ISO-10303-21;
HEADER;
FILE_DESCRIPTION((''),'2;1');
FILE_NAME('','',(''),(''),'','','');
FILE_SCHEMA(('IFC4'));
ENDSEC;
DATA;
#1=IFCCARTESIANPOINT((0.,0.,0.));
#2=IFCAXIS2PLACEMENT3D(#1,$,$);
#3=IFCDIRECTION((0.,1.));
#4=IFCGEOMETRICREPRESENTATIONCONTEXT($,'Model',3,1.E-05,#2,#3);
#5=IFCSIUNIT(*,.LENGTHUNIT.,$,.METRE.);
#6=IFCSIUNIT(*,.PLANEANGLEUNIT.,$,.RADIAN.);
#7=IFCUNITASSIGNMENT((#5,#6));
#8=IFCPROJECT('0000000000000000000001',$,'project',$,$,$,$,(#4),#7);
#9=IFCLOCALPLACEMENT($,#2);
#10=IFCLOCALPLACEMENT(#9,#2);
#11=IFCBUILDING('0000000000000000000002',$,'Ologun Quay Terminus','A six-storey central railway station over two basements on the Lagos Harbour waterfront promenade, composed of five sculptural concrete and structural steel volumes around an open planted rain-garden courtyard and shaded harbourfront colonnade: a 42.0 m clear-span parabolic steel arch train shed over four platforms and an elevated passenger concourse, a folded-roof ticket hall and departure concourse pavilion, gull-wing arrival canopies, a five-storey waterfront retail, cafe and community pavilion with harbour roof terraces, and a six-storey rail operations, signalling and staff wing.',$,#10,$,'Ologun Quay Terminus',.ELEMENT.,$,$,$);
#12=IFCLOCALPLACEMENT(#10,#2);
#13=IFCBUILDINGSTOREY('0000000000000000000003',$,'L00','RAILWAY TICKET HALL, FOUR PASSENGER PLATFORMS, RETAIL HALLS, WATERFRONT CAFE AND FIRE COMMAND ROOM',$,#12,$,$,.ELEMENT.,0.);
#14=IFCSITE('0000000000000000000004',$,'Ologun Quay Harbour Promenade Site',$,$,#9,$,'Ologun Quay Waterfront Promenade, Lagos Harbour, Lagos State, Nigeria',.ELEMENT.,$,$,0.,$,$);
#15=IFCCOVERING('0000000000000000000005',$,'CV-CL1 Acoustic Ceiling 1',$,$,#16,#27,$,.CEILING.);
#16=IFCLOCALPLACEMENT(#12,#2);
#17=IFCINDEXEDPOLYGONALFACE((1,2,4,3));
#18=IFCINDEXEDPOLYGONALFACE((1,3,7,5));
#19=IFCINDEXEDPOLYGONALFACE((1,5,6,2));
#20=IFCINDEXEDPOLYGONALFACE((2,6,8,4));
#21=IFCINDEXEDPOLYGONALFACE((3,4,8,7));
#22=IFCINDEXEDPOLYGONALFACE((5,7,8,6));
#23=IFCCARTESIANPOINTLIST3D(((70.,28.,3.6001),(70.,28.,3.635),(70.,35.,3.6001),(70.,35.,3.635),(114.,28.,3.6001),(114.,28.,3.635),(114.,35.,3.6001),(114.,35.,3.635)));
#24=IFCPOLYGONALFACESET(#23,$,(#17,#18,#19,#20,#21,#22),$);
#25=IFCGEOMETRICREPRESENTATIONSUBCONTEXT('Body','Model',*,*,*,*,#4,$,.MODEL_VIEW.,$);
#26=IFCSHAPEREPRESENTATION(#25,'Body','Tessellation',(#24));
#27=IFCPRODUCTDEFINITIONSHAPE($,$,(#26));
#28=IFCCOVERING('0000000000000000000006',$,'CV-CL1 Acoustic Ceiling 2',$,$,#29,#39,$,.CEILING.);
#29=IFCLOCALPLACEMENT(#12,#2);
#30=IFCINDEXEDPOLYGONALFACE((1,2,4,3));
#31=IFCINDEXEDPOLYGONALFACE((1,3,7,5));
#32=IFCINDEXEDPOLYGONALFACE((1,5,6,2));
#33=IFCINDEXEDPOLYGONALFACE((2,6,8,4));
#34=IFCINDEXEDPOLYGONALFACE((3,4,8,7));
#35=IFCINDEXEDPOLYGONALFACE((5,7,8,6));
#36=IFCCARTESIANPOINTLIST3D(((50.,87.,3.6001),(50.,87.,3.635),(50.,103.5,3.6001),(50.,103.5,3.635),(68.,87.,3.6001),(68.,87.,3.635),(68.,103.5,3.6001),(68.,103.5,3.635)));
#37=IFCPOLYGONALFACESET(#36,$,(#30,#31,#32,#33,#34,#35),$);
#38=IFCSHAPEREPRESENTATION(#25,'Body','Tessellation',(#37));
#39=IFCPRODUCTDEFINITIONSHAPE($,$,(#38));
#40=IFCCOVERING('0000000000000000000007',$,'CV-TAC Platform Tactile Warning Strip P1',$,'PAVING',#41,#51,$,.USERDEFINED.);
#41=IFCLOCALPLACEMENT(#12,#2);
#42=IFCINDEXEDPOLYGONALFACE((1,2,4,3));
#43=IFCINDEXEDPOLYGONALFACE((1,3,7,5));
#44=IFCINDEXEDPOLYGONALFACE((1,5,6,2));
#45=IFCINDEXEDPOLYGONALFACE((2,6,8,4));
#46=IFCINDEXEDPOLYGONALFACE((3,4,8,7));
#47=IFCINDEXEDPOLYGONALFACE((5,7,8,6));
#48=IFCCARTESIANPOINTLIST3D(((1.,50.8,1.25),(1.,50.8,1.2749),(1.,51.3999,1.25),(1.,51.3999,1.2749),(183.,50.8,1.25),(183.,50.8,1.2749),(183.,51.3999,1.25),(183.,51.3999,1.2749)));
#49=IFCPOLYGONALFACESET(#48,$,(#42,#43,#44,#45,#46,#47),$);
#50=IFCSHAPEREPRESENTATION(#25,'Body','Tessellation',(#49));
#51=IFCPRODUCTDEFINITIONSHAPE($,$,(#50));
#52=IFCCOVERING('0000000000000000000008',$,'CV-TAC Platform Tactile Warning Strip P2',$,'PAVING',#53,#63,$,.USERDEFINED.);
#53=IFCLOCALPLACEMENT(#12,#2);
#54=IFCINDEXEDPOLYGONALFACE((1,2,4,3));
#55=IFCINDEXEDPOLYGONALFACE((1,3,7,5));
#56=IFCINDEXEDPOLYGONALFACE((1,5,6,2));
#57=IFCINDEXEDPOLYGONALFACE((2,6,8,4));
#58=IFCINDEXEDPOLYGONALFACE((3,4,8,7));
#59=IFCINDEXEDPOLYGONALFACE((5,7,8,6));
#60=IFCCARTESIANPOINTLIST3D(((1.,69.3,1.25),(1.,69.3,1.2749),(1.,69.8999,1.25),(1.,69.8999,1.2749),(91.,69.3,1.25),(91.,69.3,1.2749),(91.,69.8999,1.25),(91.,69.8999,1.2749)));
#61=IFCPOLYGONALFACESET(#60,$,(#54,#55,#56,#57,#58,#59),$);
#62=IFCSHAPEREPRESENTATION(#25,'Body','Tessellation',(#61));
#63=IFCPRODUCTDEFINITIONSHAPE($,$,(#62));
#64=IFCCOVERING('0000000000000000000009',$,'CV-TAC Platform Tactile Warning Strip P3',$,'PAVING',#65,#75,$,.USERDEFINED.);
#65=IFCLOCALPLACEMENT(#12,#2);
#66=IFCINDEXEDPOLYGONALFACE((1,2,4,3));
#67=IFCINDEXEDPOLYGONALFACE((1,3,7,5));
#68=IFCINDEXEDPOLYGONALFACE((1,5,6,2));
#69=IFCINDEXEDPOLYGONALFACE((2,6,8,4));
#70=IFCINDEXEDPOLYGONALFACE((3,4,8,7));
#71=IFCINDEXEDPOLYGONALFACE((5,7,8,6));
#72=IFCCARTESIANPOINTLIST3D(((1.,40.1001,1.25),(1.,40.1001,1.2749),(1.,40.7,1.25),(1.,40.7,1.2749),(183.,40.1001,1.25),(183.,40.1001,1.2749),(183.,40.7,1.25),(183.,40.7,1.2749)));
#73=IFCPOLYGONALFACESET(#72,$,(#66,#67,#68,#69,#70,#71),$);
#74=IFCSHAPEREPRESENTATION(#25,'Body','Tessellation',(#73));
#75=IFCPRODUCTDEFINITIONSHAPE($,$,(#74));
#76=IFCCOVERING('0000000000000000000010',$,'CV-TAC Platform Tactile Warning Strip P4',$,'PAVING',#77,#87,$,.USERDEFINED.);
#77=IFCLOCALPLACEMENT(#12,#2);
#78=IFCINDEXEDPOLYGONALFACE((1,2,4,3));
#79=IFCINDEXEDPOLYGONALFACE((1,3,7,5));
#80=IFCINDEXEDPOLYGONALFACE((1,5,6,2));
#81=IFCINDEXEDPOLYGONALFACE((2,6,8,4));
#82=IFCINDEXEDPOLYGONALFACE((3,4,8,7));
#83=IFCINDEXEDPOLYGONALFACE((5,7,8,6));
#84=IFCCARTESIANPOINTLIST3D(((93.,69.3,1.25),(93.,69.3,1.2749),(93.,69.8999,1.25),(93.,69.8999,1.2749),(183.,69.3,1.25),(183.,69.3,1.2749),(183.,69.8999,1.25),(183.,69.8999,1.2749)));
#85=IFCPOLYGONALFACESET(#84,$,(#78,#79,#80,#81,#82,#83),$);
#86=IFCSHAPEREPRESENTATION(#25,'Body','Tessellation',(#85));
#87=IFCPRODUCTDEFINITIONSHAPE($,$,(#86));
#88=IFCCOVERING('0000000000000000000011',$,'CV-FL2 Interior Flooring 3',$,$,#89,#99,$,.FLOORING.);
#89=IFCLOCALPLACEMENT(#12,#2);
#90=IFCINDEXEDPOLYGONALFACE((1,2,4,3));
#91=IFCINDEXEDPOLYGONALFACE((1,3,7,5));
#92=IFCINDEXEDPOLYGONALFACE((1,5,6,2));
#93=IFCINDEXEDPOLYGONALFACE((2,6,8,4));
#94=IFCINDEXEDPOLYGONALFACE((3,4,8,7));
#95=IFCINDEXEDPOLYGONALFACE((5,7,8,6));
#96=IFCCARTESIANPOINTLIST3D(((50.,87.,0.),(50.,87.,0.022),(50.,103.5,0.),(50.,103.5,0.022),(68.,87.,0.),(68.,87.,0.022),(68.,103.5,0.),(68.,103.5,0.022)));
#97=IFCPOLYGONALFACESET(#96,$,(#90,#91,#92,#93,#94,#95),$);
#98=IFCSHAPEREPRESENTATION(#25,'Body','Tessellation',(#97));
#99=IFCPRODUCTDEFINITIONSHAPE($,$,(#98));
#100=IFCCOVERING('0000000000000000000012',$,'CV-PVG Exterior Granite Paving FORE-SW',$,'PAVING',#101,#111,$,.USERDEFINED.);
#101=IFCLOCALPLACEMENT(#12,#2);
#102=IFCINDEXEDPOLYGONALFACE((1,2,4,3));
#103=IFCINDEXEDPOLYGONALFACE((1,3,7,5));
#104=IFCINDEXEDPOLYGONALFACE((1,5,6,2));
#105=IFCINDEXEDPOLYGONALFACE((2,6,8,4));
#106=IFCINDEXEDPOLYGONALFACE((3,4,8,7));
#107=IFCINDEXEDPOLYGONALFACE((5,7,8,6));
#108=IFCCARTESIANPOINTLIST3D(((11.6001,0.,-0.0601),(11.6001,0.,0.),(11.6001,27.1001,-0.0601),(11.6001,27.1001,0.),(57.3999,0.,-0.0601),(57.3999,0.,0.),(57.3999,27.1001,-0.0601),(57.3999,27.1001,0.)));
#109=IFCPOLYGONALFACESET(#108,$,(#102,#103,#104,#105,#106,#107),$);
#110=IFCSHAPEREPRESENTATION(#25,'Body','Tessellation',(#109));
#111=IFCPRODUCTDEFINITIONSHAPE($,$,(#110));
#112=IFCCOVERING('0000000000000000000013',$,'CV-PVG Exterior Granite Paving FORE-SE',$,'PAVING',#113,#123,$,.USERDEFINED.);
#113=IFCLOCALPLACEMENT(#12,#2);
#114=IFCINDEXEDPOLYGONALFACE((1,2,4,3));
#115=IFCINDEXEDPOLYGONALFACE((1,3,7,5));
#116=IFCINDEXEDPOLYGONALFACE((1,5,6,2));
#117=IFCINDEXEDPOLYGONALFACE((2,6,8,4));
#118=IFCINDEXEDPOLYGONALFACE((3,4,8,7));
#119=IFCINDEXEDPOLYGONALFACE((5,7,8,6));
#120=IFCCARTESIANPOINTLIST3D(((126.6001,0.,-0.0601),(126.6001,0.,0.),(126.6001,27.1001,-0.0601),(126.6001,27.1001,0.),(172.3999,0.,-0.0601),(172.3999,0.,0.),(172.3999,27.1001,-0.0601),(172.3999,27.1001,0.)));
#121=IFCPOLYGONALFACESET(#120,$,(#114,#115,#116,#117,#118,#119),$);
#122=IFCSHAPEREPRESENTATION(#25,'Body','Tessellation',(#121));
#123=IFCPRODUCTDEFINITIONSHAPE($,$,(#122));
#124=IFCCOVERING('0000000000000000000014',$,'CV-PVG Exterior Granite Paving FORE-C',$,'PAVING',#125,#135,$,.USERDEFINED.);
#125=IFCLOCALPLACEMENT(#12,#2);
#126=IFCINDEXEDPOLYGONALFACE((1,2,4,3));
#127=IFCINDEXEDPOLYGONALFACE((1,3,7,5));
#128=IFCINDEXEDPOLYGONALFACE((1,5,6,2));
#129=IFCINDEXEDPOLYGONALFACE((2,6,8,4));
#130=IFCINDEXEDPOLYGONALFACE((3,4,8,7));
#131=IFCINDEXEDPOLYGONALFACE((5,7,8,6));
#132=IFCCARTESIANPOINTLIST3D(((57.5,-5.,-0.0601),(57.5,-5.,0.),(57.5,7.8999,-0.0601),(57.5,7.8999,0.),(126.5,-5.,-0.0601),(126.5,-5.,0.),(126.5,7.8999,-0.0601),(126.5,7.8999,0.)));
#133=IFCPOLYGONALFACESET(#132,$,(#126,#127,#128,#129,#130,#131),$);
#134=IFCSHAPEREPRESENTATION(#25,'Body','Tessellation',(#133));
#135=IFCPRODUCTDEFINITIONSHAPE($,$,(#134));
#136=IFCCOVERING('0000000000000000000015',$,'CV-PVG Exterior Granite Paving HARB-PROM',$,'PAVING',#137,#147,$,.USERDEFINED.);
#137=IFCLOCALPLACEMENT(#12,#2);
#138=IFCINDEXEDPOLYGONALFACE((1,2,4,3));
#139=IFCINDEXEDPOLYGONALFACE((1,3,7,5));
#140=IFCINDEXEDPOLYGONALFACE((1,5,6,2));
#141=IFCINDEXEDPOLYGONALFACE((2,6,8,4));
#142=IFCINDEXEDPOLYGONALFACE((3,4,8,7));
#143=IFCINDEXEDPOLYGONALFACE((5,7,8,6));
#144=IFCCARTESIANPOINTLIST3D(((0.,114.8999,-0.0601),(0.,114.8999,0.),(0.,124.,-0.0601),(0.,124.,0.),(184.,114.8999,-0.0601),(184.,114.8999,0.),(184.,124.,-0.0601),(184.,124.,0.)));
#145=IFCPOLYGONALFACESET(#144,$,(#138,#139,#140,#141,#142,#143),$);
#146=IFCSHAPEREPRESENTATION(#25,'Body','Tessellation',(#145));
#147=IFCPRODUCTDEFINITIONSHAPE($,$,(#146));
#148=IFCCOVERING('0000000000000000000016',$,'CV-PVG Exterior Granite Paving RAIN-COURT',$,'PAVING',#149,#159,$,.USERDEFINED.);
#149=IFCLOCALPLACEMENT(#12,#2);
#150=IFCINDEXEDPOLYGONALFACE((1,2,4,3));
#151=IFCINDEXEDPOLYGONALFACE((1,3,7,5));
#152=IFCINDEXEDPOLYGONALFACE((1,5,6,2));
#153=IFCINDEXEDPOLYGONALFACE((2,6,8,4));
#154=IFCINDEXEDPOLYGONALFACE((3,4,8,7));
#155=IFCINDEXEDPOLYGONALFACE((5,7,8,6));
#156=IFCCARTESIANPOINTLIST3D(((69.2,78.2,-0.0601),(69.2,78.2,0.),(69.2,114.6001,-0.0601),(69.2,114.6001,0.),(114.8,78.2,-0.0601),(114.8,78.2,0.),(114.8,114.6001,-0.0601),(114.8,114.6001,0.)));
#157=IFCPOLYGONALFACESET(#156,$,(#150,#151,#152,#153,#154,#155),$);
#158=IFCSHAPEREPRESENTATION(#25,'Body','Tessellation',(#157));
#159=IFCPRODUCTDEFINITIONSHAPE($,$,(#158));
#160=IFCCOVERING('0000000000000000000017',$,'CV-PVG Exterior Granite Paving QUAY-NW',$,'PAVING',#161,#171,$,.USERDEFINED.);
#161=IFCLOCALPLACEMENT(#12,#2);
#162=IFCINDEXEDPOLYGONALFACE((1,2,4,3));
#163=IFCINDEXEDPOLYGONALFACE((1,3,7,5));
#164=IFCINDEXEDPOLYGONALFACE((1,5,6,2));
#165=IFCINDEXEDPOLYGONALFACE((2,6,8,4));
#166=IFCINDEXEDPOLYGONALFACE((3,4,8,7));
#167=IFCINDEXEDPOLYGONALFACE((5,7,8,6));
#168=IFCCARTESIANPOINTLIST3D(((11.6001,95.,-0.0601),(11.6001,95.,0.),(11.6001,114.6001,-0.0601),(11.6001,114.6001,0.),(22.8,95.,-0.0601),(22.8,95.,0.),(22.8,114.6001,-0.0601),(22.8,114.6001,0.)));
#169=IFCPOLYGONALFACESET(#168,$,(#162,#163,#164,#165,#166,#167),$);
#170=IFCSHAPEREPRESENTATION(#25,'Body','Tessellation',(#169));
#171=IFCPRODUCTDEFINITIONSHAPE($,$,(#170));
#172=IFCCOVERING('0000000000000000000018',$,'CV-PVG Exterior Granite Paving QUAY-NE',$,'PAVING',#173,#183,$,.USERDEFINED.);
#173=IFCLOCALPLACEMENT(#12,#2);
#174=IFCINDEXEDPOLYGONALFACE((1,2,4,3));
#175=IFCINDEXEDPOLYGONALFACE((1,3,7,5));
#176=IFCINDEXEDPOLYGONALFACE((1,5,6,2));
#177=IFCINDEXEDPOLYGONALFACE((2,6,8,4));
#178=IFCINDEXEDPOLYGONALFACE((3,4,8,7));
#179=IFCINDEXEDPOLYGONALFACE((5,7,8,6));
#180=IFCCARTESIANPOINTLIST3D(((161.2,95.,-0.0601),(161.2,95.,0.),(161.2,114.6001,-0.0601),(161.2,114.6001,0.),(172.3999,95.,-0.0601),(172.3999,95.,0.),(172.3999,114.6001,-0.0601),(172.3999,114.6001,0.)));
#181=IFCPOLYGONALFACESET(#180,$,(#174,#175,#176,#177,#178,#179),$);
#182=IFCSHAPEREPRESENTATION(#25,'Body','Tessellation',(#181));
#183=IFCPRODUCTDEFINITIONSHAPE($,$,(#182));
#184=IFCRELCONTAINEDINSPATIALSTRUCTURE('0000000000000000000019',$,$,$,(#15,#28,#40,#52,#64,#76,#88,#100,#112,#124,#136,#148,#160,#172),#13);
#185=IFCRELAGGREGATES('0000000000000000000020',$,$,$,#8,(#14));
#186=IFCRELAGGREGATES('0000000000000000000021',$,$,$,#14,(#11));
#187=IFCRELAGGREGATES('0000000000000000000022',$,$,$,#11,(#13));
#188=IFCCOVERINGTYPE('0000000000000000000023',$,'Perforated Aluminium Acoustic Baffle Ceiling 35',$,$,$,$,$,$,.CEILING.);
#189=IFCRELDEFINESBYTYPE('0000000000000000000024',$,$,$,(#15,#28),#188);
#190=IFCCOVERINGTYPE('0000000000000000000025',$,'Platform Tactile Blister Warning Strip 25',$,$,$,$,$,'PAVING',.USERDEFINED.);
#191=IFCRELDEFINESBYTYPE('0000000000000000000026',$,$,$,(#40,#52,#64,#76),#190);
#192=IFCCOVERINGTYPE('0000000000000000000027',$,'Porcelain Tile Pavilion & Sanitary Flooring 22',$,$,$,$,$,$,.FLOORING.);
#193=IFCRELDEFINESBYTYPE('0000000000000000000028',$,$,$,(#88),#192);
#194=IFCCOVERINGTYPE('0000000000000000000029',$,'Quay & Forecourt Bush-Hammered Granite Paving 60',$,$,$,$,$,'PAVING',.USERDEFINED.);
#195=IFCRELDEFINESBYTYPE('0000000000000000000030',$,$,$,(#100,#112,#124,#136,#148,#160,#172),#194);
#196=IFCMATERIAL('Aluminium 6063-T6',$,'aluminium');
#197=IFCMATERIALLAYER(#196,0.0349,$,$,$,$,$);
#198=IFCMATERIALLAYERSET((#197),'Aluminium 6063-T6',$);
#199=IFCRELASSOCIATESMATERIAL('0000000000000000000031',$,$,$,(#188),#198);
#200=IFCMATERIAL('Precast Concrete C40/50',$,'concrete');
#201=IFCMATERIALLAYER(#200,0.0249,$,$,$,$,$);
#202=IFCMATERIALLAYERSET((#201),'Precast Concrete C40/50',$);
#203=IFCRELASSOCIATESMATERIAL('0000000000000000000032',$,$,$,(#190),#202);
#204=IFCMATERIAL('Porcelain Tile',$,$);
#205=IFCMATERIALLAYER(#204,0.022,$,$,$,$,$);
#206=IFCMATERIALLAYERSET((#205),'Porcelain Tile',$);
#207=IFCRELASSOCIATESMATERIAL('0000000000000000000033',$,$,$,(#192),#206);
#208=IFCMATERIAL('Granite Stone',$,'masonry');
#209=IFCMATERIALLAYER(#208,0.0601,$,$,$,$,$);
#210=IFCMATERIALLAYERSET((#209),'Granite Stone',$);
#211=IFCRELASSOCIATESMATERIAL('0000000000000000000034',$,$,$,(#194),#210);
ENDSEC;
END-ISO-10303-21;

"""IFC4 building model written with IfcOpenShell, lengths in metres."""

from ifc_helpers import new_model, si_unit, direction, frame, origin, place, context, subcontext, project, spatial, polyline, outline, extrude, material, layer, layer_set, type_object, element, save


model = new_model("IFC4")

# Units and contexts
model_context = context("Model", 3, precision=1e-05, world=origin(), true_north=direction((0.0, 1.0)))
body_context = subcontext(model_context, "Body", "Model", "MODEL_VIEW")
ifc_project = project(units=[si_unit("LENGTHUNIT", "METRE"), si_unit("PLANEANGLEUNIT", "RADIAN")], contexts=[model_context])

# Site, building, storey
site_placement = place(None, origin())
site = spatial("IfcSite", under=ifc_project, at=site_placement, Name="Ologun Quay Harbour Promenade Site", LongName="Ologun Quay Waterfront Promenade, Lagos Harbour, Lagos State, Nigeria", CompositionType="ELEMENT", RefElevation=0.0)
building_placement = place(site_placement, origin())
building = spatial("IfcBuilding", under=site, at=building_placement, Name="Ologun Quay Terminus", Description="A six-storey central railway station over two basements on the Lagos Harbour waterfront promenade, composed of five sculptural concrete and structural steel volumes around an open planted rain-garden courtyard and shaded harbourfront colonnade: a 42.0 m clear-span parabolic steel arch train shed over four platforms and an elevated passenger concourse, a folded-roof ticket hall and departure concourse pavilion, gull-wing arrival canopies, a five-storey waterfront retail, cafe and community pavilion with harbour roof terraces, and a six-storey rail operations, signalling and staff wing.", LongName="Ologun Quay Terminus", CompositionType="ELEMENT")
storey_placement = place(building_placement, origin())
storey = spatial("IfcBuildingStorey", under=building, at=storey_placement, Name="L00", Description="RAILWAY TICKET HALL, FOUR PASSENGER PLATFORMS, RETAIL HALLS, WATERFRONT CAFE AND FIRE COMMAND ROOM", CompositionType="ELEMENT", Elevation=0.0)

# Coverings
ifc_material_1 = material(Name="Aluminium 6063-T6", Category="aluminium")
ifc_layer_1 = layer(ifc_material_1, 0.0349)
ifc_layer_set_1 = layer_set([ifc_layer_1], Name="Aluminium 6063-T6")
covering_type_1 = type_object("IfcCoveringType", Name="Perforated Aluminium Acoustic Baffle Ceiling 35", PredefinedType="CEILING", material=ifc_layer_set_1)
covering_1_placement = place(storey_placement, frame((0.0, 0.0, 3.6001)))
element("IfcCovering", 1, at=covering_1_placement, inside=storey, type_object=covering_type_1, Name="CV-CL1 Acoustic Ceiling 1", PredefinedType="CEILING", context=body_context, shape_type="SweptSolid", body=[
    extrude(outline(polyline([(70.0, 28.0), (114.0, 28.0), (114.0, 35.0), (70.0, 35.0), (70.0, 28.0)])), origin(), (0.0, 0.0, 1.0), 0.0349),
])
covering_2_placement = place(storey_placement, frame((0.0, 0.0, 3.6001)))
element("IfcCovering", 2, at=covering_2_placement, inside=storey, type_object=covering_type_1, Name="CV-CL1 Acoustic Ceiling 2", PredefinedType="CEILING", context=body_context, shape_type="SweptSolid", body=[
    extrude(outline(polyline([(50.0, 87.0), (68.0, 87.0), (68.0, 103.5), (50.0, 103.5), (50.0, 87.0)])), origin(), (0.0, 0.0, 1.0), 0.0349),
])
ifc_material_2 = material(Name="Precast Concrete C40/50", Category="concrete")
ifc_layer_2 = layer(ifc_material_2, 0.0249)
ifc_layer_set_2 = layer_set([ifc_layer_2], Name="Precast Concrete C40/50")
covering_type_2 = type_object("IfcCoveringType", Name="Platform Tactile Blister Warning Strip 25", ElementType="PAVING", PredefinedType="USERDEFINED", material=ifc_layer_set_2)
covering_3_placement = place(storey_placement, frame((0.0, 0.0, 1.25)))
element("IfcCovering", 3, at=covering_3_placement, inside=storey, type_object=covering_type_2, Name="CV-TAC Platform Tactile Warning Strip P1", ObjectType="PAVING", PredefinedType="USERDEFINED", context=body_context, shape_type="SweptSolid", body=[
    extrude(outline(polyline([(1.0, 50.8), (183.0, 50.8), (183.0, 51.3999), (1.0, 51.3999), (1.0, 50.8)])), origin(), (0.0, 0.0, 1.0), 0.0249),
])
covering_4_placement = place(storey_placement, frame((0.0, 0.0, 1.25)))
element("IfcCovering", 4, at=covering_4_placement, inside=storey, type_object=covering_type_2, Name="CV-TAC Platform Tactile Warning Strip P2", ObjectType="PAVING", PredefinedType="USERDEFINED", context=body_context, shape_type="SweptSolid", body=[
    extrude(outline(polyline([(1.0, 69.3), (91.0, 69.3), (91.0, 69.8999), (1.0, 69.8999), (1.0, 69.3)])), origin(), (0.0, 0.0, 1.0), 0.0249),
])
covering_5_placement = place(storey_placement, frame((0.0, 0.0, 1.25)))
element("IfcCovering", 5, at=covering_5_placement, inside=storey, type_object=covering_type_2, Name="CV-TAC Platform Tactile Warning Strip P3", ObjectType="PAVING", PredefinedType="USERDEFINED", context=body_context, shape_type="SweptSolid", body=[
    extrude(outline(polyline([(1.0, 40.1001), (183.0, 40.1001), (183.0, 40.7), (1.0, 40.7), (1.0, 40.1001)])), origin(), (0.0, 0.0, 1.0), 0.0249),
])
covering_6_placement = place(storey_placement, frame((0.0, 0.0, 1.25)))
element("IfcCovering", 6, at=covering_6_placement, inside=storey, type_object=covering_type_2, Name="CV-TAC Platform Tactile Warning Strip P4", ObjectType="PAVING", PredefinedType="USERDEFINED", context=body_context, shape_type="SweptSolid", body=[
    extrude(outline(polyline([(93.0, 69.3), (183.0, 69.3), (183.0, 69.8999), (93.0, 69.8999), (93.0, 69.3)])), origin(), (0.0, 0.0, 1.0), 0.0249),
])
ifc_material_3 = material(Name="Porcelain Tile")
ifc_layer_3 = layer(ifc_material_3, 0.022)
ifc_layer_set_3 = layer_set([ifc_layer_3], Name="Porcelain Tile")
covering_type_3 = type_object("IfcCoveringType", Name="Porcelain Tile Pavilion & Sanitary Flooring 22", PredefinedType="FLOORING", material=ifc_layer_set_3)
covering_7_placement = place(storey_placement, origin())
element("IfcCovering", 7, at=covering_7_placement, inside=storey, type_object=covering_type_3, Name="CV-FL2 Interior Flooring 3", PredefinedType="FLOORING", context=body_context, shape_type="SweptSolid", body=[
    extrude(outline(polyline([(50.0, 87.0), (68.0, 87.0), (68.0, 103.5), (50.0, 103.5), (50.0, 87.0)])), origin(), (0.0, 0.0, 1.0), 0.022),
])
ifc_material_4 = material(Name="Granite Stone", Category="masonry")
ifc_layer_4 = layer(ifc_material_4, 0.0601)
ifc_layer_set_4 = layer_set([ifc_layer_4], Name="Granite Stone")
covering_type_4 = type_object("IfcCoveringType", Name="Quay & Forecourt Bush-Hammered Granite Paving 60", ElementType="PAVING", PredefinedType="USERDEFINED", material=ifc_layer_set_4)
covering_8_placement = place(storey_placement, frame((0.0, 0.0, -0.0601)))
element("IfcCovering", 8, at=covering_8_placement, inside=storey, type_object=covering_type_4, Name="CV-PVG Exterior Granite Paving FORE-SW", ObjectType="PAVING", PredefinedType="USERDEFINED", context=body_context, shape_type="SweptSolid", body=[
    extrude(outline(polyline([(11.6001, 0.0), (57.3999, 0.0), (57.3999, 27.1001), (11.6001, 27.1001), (11.6001, 0.0)])), origin(), (0.0, 0.0, 1.0), 0.0601),
])
covering_9_placement = place(storey_placement, frame((0.0, 0.0, -0.0601)))
element("IfcCovering", 9, at=covering_9_placement, inside=storey, type_object=covering_type_4, Name="CV-PVG Exterior Granite Paving FORE-SE", ObjectType="PAVING", PredefinedType="USERDEFINED", context=body_context, shape_type="SweptSolid", body=[
    extrude(outline(polyline([(126.6001, 0.0), (172.3999, 0.0), (172.3999, 27.1001), (126.6001, 27.1001), (126.6001, 0.0)])), origin(), (0.0, 0.0, 1.0), 0.0601),
])
covering_10_placement = place(storey_placement, frame((0.0, 0.0, -0.0601)))
element("IfcCovering", 10, at=covering_10_placement, inside=storey, type_object=covering_type_4, Name="CV-PVG Exterior Granite Paving FORE-C", ObjectType="PAVING", PredefinedType="USERDEFINED", context=body_context, shape_type="SweptSolid", body=[
    extrude(outline(polyline([(57.5, -5.0), (126.5, -5.0), (126.5, 7.8999), (57.5, 7.8999), (57.5, -5.0)])), origin(), (0.0, 0.0, 1.0), 0.0601),
])
covering_11_placement = place(storey_placement, frame((0.0, 0.0, -0.0601)))
element("IfcCovering", 11, at=covering_11_placement, inside=storey, type_object=covering_type_4, Name="CV-PVG Exterior Granite Paving HARB-PROM", ObjectType="PAVING", PredefinedType="USERDEFINED", context=body_context, shape_type="SweptSolid", body=[
    extrude(outline(polyline([(0.0, 114.8999), (184.0, 114.8999), (184.0, 124.0), (0.0, 124.0), (0.0, 114.8999)])), origin(), (0.0, 0.0, 1.0), 0.0601),
])
covering_12_placement = place(storey_placement, frame((0.0, 0.0, -0.0601)))
element("IfcCovering", 12, at=covering_12_placement, inside=storey, type_object=covering_type_4, Name="CV-PVG Exterior Granite Paving RAIN-COURT", ObjectType="PAVING", PredefinedType="USERDEFINED", context=body_context, shape_type="SweptSolid", body=[
    extrude(outline(polyline([(69.2, 78.2), (114.8, 78.2), (114.8, 114.6001), (69.2, 114.6001), (69.2, 78.2)])), origin(), (0.0, 0.0, 1.0), 0.0601),
])
covering_13_placement = place(storey_placement, frame((0.0, 0.0, -0.0601)))
element("IfcCovering", 13, at=covering_13_placement, inside=storey, type_object=covering_type_4, Name="CV-PVG Exterior Granite Paving QUAY-NW", ObjectType="PAVING", PredefinedType="USERDEFINED", context=body_context, shape_type="SweptSolid", body=[
    extrude(outline(polyline([(11.6001, 95.0), (22.8, 95.0), (22.8, 114.6001), (11.6001, 114.6001), (11.6001, 95.0)])), origin(), (0.0, 0.0, 1.0), 0.0601),
])
covering_14_placement = place(storey_placement, frame((0.0, 0.0, -0.0601)))
element("IfcCovering", 14, at=covering_14_placement, inside=storey, type_object=covering_type_4, Name="CV-PVG Exterior Granite Paving QUAY-NE", ObjectType="PAVING", PredefinedType="USERDEFINED", context=body_context, shape_type="SweptSolid", body=[
    extrude(outline(polyline([(161.2, 95.0), (172.3999, 95.0), (172.3999, 114.6001), (161.2, 114.6001), (161.2, 95.0)])), origin(), (0.0, 0.0, 1.0), 0.0601),
])

save(model, "model.ifc")
